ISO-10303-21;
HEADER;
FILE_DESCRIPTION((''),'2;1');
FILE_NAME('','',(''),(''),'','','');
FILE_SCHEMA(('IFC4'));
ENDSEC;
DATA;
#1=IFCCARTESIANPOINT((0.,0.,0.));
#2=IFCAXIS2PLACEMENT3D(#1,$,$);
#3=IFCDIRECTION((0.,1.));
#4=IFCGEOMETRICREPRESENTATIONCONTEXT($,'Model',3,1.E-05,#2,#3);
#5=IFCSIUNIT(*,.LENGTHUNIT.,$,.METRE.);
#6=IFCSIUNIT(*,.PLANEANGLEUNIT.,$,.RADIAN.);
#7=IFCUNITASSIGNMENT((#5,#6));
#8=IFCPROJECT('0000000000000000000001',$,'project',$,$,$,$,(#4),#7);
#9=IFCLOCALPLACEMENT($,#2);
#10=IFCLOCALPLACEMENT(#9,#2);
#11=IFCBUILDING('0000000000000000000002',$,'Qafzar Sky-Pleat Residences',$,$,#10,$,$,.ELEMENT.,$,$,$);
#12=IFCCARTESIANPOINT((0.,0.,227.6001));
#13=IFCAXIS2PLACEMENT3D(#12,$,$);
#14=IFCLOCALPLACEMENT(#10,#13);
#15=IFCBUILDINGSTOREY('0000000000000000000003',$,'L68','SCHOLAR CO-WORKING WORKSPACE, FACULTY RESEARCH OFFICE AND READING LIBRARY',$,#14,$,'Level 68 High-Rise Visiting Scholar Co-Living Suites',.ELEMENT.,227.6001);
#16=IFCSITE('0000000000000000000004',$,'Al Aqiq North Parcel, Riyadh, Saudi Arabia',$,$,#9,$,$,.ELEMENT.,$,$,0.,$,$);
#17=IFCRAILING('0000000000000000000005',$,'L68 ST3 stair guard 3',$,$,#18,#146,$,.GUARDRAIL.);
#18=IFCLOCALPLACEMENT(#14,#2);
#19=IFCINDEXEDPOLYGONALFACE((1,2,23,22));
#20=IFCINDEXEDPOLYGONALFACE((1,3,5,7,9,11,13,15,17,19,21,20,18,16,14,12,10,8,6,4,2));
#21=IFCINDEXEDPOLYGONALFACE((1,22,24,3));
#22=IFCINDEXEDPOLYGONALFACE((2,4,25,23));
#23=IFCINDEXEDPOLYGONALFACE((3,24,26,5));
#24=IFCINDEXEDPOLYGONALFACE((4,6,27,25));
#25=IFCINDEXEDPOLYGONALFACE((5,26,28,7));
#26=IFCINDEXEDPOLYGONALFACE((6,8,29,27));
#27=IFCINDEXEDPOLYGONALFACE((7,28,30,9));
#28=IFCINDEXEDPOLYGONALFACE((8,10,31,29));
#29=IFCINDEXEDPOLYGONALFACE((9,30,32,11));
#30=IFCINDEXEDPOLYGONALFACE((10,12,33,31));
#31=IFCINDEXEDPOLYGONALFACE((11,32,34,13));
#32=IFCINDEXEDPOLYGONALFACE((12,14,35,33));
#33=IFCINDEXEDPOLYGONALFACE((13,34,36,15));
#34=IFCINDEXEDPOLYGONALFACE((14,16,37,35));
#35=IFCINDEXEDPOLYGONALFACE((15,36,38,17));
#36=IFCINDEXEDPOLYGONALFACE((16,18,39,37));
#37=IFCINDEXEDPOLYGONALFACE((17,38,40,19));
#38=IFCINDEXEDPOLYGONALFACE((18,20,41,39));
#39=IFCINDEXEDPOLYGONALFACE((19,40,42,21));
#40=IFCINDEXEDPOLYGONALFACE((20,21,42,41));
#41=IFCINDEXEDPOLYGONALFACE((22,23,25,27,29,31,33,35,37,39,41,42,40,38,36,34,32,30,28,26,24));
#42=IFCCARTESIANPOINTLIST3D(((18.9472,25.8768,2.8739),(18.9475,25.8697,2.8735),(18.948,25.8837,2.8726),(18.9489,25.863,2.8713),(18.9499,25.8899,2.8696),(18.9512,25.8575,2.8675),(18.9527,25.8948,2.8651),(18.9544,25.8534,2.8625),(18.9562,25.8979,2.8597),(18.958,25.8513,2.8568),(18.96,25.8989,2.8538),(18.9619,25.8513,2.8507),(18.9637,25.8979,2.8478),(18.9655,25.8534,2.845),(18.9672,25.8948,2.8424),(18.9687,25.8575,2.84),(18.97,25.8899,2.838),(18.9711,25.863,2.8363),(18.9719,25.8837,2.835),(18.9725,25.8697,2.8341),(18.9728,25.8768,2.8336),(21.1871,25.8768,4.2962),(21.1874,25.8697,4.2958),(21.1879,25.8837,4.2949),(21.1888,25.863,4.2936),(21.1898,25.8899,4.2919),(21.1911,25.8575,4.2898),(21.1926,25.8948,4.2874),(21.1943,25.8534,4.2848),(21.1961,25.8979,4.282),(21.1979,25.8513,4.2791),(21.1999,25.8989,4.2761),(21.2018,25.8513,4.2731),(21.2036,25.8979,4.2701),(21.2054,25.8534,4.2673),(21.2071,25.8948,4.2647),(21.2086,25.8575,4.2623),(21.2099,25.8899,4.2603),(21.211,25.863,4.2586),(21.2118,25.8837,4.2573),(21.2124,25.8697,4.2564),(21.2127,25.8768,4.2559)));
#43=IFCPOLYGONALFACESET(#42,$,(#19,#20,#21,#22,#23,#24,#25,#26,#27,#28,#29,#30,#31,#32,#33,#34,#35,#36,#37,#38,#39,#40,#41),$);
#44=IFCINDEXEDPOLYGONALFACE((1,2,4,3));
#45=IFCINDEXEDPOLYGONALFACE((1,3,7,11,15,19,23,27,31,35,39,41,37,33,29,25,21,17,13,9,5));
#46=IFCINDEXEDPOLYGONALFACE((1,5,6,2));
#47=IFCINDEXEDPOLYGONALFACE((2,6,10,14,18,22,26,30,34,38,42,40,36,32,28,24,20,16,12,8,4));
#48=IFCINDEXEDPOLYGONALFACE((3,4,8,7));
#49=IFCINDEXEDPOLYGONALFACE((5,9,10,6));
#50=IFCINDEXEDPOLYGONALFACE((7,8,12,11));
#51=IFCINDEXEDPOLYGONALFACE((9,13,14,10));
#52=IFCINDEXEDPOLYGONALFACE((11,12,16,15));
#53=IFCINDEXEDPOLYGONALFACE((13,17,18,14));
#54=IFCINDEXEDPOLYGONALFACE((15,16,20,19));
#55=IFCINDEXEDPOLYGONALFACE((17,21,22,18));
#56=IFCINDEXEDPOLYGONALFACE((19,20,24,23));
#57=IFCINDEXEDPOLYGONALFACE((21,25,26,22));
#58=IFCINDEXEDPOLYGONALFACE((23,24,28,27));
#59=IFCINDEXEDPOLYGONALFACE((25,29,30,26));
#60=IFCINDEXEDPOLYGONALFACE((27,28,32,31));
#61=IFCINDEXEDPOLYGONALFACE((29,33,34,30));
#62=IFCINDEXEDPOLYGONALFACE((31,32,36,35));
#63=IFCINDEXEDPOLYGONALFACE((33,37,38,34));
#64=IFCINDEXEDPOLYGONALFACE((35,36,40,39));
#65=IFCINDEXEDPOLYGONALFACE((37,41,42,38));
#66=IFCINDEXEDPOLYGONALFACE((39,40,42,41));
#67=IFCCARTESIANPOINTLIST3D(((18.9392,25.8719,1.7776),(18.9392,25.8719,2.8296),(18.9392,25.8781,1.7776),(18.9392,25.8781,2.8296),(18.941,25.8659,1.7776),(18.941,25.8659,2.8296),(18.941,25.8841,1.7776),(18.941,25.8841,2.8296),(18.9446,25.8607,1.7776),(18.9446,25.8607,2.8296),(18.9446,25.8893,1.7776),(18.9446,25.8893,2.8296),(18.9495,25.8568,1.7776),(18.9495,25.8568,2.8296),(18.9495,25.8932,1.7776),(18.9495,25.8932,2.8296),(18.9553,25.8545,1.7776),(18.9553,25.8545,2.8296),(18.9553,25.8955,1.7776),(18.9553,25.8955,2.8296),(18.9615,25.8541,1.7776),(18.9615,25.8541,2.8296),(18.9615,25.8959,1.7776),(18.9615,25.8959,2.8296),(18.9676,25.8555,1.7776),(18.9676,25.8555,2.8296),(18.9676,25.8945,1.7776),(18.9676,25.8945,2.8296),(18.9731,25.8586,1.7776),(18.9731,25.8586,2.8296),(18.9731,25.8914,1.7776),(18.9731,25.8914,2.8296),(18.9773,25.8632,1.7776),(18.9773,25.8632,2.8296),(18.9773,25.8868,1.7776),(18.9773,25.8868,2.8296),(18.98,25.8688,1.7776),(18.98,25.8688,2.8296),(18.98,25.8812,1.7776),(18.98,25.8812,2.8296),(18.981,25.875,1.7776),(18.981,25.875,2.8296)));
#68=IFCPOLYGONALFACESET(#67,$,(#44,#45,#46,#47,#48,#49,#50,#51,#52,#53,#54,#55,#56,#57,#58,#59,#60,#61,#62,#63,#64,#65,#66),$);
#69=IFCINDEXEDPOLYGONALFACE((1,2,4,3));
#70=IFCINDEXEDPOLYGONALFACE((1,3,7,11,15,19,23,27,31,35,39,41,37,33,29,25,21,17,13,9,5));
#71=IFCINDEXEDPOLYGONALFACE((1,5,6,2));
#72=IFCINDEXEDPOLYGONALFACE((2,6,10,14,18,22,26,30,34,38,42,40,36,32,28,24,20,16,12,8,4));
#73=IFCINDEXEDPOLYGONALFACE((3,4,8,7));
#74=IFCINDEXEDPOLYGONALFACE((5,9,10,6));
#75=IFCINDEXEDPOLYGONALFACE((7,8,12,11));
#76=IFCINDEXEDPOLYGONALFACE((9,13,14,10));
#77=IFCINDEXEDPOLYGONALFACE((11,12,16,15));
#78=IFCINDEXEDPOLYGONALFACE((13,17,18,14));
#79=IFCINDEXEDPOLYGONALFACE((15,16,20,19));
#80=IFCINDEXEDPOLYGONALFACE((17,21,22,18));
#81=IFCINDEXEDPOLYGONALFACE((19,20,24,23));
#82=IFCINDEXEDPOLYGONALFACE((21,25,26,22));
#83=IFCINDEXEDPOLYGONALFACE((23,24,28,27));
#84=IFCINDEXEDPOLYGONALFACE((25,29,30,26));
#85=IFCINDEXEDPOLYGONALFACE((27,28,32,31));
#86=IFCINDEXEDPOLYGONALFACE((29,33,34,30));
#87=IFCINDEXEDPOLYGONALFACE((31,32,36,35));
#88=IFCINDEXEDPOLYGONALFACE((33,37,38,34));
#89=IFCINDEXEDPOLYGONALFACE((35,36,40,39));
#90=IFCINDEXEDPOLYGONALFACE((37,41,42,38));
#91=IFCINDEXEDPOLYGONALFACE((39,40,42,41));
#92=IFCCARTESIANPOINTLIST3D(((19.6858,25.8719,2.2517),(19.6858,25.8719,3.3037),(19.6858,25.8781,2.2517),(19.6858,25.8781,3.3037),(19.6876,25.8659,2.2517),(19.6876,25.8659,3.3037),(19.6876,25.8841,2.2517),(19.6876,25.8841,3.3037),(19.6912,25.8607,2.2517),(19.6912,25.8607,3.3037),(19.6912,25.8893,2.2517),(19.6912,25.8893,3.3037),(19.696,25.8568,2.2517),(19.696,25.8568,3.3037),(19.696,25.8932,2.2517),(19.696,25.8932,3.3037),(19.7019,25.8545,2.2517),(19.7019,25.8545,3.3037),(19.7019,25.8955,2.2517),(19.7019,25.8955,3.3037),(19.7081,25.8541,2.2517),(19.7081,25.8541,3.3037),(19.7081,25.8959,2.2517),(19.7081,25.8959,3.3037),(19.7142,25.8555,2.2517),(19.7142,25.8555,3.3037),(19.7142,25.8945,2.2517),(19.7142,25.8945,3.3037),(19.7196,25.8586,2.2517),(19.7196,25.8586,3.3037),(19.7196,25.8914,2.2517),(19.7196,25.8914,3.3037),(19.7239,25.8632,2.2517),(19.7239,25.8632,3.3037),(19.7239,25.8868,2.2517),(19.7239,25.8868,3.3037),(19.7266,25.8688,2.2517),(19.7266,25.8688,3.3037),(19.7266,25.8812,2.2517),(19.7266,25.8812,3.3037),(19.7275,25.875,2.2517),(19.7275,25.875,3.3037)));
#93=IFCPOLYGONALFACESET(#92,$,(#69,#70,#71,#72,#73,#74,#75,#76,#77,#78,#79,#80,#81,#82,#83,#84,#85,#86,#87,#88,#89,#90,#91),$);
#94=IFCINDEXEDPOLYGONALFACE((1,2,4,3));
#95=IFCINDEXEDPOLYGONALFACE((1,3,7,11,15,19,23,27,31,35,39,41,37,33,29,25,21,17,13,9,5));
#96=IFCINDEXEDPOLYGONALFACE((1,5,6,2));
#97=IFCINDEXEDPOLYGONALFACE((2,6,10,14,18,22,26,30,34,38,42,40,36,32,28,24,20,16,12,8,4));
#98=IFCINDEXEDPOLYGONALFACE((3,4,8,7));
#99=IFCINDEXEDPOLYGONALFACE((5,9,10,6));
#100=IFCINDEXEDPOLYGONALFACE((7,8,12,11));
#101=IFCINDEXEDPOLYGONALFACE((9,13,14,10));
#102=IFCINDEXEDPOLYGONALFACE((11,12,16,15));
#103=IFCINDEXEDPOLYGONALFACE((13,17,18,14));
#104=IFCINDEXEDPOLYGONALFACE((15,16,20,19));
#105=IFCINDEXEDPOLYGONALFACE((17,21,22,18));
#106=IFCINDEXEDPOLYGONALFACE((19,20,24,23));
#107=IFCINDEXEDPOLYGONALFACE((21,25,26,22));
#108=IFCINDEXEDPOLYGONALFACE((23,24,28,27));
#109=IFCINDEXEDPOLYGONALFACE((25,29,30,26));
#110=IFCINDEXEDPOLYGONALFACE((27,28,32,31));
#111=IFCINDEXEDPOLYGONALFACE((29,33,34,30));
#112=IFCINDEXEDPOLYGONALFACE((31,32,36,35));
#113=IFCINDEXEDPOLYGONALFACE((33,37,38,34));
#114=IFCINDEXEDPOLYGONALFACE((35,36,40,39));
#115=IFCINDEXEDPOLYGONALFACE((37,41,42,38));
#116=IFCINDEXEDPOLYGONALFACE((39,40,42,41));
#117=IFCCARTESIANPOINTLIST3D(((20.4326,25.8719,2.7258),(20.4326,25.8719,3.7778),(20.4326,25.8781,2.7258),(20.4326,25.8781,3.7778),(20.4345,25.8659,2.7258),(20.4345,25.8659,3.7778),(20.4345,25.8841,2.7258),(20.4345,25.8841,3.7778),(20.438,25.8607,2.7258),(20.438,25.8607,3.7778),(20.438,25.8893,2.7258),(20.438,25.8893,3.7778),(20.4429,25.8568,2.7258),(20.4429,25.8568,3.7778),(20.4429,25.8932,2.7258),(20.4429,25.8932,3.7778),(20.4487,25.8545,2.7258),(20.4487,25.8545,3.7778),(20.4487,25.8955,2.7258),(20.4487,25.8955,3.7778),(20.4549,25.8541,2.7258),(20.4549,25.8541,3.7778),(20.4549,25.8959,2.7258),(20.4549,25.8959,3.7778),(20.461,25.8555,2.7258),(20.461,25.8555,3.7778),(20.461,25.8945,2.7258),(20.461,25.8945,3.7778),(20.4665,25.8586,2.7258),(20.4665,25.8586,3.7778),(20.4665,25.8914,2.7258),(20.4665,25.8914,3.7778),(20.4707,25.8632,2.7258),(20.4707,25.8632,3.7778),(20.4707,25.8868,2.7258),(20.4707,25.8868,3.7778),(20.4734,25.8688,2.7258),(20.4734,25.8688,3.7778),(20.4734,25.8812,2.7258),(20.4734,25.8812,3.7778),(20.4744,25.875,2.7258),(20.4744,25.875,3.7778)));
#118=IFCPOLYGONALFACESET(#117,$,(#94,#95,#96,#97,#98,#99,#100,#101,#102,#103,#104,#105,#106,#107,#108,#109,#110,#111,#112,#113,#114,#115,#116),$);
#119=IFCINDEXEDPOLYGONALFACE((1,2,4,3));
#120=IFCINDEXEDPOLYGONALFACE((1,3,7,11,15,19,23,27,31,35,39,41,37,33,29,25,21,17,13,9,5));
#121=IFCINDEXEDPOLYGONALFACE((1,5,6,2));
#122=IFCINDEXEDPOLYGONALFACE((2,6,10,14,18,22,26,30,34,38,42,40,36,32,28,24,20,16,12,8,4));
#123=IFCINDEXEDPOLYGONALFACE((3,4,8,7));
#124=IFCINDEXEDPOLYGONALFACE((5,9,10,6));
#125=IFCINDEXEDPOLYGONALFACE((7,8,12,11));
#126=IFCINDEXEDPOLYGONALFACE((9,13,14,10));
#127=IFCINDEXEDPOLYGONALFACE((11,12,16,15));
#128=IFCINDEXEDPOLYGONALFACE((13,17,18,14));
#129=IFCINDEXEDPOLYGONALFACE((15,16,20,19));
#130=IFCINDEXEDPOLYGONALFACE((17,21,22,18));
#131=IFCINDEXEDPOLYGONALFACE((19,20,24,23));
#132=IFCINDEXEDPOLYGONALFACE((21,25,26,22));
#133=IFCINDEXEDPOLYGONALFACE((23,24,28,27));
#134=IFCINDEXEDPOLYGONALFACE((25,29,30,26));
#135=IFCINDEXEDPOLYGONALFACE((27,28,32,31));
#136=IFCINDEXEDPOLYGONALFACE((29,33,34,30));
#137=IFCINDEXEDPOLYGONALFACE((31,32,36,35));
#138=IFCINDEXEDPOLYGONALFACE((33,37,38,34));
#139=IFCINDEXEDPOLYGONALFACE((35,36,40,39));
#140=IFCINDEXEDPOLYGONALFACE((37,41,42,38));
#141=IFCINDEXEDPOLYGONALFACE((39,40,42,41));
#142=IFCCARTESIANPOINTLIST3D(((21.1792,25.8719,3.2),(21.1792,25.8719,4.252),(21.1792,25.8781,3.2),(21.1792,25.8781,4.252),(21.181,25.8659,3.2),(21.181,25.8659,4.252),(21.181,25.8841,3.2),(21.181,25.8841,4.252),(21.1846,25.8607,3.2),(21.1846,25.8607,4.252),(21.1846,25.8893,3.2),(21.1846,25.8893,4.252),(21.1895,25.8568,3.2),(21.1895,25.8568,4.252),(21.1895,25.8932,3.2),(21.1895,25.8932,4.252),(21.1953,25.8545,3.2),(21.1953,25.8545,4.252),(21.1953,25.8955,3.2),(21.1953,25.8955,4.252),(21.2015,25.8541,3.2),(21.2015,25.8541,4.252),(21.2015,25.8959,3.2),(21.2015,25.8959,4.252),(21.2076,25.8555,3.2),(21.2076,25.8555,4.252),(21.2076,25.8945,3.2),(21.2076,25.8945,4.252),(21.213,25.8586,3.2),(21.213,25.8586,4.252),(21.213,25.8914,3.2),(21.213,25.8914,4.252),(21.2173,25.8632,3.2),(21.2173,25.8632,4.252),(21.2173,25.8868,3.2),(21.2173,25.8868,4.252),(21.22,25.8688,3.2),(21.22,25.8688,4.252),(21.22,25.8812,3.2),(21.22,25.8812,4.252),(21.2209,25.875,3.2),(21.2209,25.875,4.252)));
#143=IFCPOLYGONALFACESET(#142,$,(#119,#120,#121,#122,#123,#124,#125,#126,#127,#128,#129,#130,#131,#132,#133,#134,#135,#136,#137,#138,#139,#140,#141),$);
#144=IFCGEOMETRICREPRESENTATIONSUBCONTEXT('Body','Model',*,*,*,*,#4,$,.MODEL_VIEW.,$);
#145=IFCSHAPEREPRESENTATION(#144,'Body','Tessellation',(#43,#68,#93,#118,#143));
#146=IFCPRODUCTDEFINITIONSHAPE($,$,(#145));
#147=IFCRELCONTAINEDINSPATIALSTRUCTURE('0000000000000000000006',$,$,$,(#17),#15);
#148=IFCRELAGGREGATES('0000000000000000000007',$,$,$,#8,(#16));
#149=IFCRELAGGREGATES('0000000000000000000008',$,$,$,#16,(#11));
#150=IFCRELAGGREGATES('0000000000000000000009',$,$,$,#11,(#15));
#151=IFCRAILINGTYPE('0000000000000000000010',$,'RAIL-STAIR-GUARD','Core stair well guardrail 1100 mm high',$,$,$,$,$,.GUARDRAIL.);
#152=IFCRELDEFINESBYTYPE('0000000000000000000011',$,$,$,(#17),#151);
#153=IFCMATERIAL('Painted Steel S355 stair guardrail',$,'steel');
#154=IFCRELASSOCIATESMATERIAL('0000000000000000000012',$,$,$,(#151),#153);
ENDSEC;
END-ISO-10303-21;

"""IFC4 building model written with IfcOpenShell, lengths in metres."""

from ifc_helpers import new_model, si_unit, direction, frame, origin, origin_2d, place, context, subcontext, project, spatial, circle, extrude, source, transform, mapped, material, type_object, element, save


model = new_model("IFC4")

# Units and contexts
model_context = context("Model", 3, precision=1e-05, world=origin(), true_north=direction((0.0, 1.0)))
body_context = subcontext(model_context, "Body", "Model", "MODEL_VIEW")
ifc_project = project(units=[si_unit("LENGTHUNIT", "METRE"), si_unit("PLANEANGLEUNIT", "RADIAN")], contexts=[model_context])

# Site, building, storey
site_placement = place(None, origin())
site = spatial("IfcSite", under=ifc_project, at=site_placement, Name="Al Aqiq North Parcel, Riyadh, Saudi Arabia", CompositionType="ELEMENT", RefElevation=0.0)
building_placement = place(site_placement, origin())
building = spatial("IfcBuilding", under=site, at=building_placement, Name="Qafzar Sky-Pleat Residences", CompositionType="ELEMENT")
storey_placement = place(building_placement, frame((0.0, 0.0, 227.6001)))
storey = spatial("IfcBuildingStorey", under=building, at=storey_placement, Name="L68", Description="SCHOLAR CO-WORKING WORKSPACE, FACULTY RESEARCH OFFICE AND READING LIBRARY", LongName="Level 68 High-Rise Visiting Scholar Co-Living Suites", CompositionType="ELEMENT", Elevation=227.6001)

# Railing
ifc_material_1 = material(Name="Painted Steel S355 stair guardrail", Category="steel")
railing_type_1 = type_object("IfcRailingType", Name="RAIL-STAIR-GUARD", Description="Core stair well guardrail 1100 mm high", PredefinedType="GUARDRAIL", material=ifc_material_1)
shared_shape_1 = source(origin(), body_context, "Body", "SweptSolid", [
    extrude(circle(Radius=0.0239, at=origin_2d()), frame((0.0, 0.0, 1.0762), z_axis=(0.844188, 0.0, 0.536048), x_axis=(0.0, 1.0, 0.0)), (0.0, 0.0, 1.0), 2.6533),
    extrude(circle(Radius=0.021, at=origin_2d()), origin(), (0.0, 0.0, 1.0), 1.052),
    extrude(circle(Radius=0.021, at=origin_2d()), frame((0.7466, 0.0, 0.4741)), (0.0, 0.0, 1.0), 1.052),
    extrude(circle(Radius=0.021, at=origin_2d()), frame((1.4934, 0.0, 0.9482)), (0.0, 0.0, 1.0), 1.052),
    extrude(circle(Radius=0.021, at=origin_2d()), frame((2.24, 0.0, 1.4224)), (0.0, 0.0, 1.0), 1.052),
])
railing_1_placement = place(storey_placement, frame((18.96, 25.875, 1.7776)))
element("IfcRailing", 1, at=railing_1_placement, inside=storey, type_object=railing_type_1, Name="L68 ST3 stair guard 3", PredefinedType="GUARDRAIL", context=body_context, shape_type="MappedRepresentation", body=[
    mapped(shared_shape_1, transform((0.0, 0.0, 0.0), x_axis=(1.0, 0.0, 0.0), y_axis=(0.0, 1.0, 0.0), z_axis=(0.0, 0.0, 1.0), scale=1.0)),
])

save(model, "model.ifc")
